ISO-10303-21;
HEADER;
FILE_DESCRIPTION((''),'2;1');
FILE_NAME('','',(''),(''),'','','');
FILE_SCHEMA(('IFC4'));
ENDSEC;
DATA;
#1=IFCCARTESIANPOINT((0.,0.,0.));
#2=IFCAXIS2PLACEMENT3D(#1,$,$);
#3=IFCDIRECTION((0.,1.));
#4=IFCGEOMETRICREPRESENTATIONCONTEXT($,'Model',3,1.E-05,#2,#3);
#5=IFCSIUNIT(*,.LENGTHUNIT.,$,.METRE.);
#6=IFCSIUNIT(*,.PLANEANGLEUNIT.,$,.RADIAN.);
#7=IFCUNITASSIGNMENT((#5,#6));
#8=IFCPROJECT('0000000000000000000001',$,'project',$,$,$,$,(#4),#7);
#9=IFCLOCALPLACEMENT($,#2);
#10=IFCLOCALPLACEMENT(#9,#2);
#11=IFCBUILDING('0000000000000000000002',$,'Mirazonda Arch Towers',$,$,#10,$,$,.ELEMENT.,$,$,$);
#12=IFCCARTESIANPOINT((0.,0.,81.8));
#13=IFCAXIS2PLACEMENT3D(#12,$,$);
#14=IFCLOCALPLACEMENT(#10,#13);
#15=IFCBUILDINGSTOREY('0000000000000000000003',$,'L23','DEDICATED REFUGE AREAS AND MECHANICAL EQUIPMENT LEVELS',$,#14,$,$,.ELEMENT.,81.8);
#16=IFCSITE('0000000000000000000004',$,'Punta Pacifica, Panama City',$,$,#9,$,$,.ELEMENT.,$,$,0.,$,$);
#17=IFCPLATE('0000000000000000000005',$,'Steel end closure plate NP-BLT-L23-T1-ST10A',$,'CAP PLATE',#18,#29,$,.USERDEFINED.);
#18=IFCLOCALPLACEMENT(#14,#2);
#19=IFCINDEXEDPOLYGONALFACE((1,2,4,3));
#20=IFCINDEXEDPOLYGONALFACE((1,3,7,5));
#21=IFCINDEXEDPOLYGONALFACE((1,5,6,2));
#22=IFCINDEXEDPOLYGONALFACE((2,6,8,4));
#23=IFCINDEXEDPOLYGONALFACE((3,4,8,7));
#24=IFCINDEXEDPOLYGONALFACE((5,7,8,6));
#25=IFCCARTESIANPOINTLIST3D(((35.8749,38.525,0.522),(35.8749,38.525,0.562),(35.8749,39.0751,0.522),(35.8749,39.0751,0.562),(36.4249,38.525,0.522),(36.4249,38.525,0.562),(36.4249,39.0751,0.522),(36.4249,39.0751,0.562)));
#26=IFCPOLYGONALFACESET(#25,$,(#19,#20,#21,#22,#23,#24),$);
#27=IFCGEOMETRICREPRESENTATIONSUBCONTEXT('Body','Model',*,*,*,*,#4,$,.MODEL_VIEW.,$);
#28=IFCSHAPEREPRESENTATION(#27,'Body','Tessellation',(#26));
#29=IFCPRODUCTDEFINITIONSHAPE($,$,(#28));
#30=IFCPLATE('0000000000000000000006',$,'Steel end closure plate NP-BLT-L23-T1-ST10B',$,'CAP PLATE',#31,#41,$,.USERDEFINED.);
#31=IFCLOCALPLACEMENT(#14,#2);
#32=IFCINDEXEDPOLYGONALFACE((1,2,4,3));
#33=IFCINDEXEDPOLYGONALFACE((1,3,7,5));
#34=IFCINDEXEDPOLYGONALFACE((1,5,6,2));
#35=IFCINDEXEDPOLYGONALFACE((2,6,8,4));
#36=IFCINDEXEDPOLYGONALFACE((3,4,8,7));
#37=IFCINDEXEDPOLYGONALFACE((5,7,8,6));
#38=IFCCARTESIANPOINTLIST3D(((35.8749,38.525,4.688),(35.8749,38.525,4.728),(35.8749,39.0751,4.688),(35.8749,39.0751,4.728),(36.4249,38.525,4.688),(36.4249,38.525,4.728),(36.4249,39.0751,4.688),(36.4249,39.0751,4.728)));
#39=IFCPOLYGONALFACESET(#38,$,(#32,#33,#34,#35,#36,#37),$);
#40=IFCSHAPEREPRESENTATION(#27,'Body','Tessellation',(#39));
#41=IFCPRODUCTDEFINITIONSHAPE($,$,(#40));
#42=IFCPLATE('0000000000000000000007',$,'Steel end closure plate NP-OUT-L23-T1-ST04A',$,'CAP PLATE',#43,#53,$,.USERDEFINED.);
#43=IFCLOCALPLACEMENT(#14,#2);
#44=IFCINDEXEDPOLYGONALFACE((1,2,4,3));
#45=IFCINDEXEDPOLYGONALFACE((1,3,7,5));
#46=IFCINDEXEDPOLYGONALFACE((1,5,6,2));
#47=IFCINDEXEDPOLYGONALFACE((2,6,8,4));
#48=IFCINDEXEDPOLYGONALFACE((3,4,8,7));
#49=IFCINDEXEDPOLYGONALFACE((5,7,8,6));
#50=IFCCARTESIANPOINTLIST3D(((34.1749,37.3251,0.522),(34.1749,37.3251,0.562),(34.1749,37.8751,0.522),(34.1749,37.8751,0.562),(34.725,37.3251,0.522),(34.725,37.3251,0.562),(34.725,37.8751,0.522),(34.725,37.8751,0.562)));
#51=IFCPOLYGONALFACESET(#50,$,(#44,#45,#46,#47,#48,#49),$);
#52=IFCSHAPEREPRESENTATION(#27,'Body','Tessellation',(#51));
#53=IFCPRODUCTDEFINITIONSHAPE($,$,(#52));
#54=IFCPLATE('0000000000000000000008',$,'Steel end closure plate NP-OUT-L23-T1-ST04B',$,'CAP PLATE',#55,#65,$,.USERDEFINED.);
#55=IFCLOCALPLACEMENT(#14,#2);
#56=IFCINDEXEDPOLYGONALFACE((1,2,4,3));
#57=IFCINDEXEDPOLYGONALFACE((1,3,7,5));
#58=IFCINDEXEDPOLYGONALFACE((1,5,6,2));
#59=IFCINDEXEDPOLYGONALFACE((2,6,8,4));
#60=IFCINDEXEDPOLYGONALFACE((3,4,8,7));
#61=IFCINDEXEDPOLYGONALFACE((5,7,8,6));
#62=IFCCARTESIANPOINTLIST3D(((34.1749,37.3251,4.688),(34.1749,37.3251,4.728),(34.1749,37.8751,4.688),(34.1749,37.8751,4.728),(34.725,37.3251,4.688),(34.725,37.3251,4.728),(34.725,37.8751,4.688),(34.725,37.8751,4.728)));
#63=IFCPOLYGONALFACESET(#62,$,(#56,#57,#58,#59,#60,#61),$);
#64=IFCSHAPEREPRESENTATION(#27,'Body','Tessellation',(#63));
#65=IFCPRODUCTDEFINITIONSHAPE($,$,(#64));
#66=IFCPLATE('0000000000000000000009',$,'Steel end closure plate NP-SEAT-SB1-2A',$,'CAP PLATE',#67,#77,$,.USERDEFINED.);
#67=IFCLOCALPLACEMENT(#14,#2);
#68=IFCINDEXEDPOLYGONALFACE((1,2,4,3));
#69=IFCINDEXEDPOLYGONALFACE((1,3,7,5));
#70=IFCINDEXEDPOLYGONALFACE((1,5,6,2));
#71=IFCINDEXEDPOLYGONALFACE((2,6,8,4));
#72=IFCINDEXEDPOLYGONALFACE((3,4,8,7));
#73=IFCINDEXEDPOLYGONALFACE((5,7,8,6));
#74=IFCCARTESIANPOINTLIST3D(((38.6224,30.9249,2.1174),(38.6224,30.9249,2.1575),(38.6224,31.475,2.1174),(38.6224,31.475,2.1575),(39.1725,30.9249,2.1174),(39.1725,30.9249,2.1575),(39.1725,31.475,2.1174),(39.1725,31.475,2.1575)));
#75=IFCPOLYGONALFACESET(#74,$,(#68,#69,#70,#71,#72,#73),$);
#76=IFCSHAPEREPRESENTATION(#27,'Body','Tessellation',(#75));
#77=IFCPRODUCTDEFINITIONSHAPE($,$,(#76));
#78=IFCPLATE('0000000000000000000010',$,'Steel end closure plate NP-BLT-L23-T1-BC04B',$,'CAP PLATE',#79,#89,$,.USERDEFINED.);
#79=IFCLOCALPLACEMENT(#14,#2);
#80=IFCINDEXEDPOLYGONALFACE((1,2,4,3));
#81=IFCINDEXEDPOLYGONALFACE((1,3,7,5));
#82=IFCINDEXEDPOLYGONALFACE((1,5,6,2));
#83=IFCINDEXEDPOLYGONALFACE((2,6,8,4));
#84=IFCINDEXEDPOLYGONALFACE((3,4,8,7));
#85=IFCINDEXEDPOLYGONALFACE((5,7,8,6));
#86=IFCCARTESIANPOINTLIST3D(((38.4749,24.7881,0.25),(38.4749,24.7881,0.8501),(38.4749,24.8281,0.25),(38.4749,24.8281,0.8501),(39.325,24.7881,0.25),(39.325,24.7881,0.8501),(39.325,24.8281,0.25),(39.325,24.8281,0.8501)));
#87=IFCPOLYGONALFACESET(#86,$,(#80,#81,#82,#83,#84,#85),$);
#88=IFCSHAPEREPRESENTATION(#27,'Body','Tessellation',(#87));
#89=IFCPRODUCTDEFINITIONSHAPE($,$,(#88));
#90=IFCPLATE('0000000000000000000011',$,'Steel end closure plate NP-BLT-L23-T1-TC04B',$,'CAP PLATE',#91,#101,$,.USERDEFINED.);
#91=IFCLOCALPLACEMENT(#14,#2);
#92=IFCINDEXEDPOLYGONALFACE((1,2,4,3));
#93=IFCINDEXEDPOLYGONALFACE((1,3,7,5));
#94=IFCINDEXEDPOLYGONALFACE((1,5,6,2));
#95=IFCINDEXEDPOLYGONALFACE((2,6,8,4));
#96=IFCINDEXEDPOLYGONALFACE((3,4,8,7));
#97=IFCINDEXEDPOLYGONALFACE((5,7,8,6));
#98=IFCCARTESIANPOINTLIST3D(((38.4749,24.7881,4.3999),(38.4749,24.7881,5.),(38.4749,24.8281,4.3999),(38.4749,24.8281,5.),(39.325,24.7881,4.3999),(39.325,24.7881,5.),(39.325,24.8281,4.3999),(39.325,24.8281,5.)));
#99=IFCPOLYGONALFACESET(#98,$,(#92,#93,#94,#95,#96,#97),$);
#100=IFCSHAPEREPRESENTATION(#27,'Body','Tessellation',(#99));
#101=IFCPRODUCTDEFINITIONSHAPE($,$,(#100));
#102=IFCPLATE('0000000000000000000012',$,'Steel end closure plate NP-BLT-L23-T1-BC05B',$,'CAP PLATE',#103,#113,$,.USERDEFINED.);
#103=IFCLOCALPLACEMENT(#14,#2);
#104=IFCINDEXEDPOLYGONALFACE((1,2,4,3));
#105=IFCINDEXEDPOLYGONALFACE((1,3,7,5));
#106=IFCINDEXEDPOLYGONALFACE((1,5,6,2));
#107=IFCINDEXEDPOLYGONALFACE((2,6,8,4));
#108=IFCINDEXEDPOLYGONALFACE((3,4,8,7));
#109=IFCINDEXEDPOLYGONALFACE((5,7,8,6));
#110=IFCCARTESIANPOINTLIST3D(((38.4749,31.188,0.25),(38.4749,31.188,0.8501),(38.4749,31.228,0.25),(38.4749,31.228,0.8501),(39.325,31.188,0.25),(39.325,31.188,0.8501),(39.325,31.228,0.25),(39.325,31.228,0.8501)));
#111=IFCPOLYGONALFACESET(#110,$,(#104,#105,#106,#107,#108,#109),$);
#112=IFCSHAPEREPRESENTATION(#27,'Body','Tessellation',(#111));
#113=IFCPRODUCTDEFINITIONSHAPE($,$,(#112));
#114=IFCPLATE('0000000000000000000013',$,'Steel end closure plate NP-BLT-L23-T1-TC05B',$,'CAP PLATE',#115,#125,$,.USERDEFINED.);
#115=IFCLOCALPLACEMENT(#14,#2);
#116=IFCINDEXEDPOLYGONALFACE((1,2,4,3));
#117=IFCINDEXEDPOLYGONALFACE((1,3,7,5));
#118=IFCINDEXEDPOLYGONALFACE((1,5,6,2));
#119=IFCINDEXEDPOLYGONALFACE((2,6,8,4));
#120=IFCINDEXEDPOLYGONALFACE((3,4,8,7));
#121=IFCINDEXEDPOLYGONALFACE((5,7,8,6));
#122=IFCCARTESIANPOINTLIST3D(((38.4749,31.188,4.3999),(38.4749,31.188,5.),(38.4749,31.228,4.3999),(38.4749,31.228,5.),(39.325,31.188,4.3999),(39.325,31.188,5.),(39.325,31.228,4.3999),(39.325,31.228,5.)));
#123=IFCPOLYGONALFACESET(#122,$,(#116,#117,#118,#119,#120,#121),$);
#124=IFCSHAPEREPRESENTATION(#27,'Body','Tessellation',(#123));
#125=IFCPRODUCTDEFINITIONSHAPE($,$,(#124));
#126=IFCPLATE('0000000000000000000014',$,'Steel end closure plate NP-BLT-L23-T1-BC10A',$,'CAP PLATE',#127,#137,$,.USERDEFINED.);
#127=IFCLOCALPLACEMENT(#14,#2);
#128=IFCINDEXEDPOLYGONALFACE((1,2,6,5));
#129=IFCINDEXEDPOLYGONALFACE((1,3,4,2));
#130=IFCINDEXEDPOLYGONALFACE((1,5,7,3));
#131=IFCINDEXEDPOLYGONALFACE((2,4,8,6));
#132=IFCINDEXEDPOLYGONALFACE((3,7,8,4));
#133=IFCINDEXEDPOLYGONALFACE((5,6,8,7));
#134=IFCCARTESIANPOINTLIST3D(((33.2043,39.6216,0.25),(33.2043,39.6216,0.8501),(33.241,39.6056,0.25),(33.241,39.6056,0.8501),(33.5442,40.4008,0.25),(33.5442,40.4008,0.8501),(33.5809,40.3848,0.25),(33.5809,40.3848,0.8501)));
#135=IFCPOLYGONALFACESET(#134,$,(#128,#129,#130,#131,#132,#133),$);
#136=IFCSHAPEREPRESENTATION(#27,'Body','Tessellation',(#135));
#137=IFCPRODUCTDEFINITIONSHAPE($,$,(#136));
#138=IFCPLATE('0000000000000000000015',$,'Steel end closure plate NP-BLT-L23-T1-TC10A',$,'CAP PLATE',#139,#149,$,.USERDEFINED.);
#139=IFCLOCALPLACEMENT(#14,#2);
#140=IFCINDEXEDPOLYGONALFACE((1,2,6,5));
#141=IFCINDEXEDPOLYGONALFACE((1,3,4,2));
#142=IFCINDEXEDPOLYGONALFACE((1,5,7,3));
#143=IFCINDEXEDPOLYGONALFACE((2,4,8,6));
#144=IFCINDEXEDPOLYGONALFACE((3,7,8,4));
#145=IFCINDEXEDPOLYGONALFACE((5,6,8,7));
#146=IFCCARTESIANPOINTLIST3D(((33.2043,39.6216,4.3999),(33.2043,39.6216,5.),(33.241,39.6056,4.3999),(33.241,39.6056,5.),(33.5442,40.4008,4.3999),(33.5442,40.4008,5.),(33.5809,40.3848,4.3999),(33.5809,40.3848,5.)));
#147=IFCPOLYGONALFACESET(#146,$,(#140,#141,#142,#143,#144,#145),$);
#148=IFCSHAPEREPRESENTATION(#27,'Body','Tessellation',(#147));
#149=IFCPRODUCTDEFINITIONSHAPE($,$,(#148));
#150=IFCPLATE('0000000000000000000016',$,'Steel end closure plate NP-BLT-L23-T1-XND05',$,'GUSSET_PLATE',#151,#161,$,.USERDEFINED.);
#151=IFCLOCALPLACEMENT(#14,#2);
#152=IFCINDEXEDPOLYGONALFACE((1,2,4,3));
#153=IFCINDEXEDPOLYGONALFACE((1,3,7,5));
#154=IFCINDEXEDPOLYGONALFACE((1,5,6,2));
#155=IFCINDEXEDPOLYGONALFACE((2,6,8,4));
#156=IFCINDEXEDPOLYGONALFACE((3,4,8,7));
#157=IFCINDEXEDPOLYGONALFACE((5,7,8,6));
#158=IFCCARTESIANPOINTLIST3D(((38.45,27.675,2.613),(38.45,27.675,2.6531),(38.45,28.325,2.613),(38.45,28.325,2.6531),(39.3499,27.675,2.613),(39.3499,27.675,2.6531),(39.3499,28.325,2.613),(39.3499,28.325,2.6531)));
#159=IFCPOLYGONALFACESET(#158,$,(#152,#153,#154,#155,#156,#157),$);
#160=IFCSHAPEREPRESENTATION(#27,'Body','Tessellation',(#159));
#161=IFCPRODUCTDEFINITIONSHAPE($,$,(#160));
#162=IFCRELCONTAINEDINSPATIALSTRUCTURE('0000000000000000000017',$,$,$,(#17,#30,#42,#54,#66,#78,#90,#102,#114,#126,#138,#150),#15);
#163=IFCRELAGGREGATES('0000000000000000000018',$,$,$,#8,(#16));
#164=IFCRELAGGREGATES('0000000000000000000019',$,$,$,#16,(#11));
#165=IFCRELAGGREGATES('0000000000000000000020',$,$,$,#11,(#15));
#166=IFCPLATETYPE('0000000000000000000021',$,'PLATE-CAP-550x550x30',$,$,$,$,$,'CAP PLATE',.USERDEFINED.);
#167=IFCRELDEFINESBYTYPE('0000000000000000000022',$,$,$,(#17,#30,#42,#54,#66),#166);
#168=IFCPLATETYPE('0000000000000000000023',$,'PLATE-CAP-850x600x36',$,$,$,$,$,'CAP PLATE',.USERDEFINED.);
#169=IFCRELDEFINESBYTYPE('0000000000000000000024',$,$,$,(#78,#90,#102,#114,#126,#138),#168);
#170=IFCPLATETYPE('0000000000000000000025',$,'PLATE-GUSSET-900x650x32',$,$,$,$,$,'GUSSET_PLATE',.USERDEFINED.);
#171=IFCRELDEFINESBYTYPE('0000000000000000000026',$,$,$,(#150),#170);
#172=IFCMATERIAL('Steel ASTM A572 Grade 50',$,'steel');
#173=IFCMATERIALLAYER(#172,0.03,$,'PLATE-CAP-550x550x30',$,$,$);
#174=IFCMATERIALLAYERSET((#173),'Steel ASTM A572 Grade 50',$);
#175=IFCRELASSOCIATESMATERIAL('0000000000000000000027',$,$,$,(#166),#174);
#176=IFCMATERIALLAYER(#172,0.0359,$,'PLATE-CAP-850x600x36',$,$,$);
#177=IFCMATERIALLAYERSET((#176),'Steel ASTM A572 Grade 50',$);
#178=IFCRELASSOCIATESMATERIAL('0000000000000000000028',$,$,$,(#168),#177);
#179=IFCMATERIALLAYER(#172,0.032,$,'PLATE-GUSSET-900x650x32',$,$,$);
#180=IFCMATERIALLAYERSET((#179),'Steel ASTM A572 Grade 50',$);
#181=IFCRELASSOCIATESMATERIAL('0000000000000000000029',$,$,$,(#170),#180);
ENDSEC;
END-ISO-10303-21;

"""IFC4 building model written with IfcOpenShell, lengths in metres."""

from ifc_helpers import new_model, si_unit, direction, frame, origin, origin_2d, place, context, subcontext, project, spatial, rectangle, extrude, material, layer, layer_set, type_object, element, save


model = new_model("IFC4")

# Units and contexts
model_context = context("Model", 3, precision=1e-05, world=origin(), true_north=direction((0.0, 1.0)))
body_context = subcontext(model_context, "Body", "Model", "MODEL_VIEW")
ifc_project = project(units=[si_unit("LENGTHUNIT", "METRE"), si_unit("PLANEANGLEUNIT", "RADIAN")], contexts=[model_context])

# Site, building, storey
site_placement = place(None, origin())
site = spatial("IfcSite", under=ifc_project, at=site_placement, Name="Punta Pacifica, Panama City", CompositionType="ELEMENT", RefElevation=0.0)
building_placement = place(site_placement, origin())
building = spatial("IfcBuilding", under=site, at=building_placement, Name="Mirazonda Arch Towers", CompositionType="ELEMENT")
storey_placement = place(building_placement, frame((0.0, 0.0, 81.8)))
storey = spatial("IfcBuildingStorey", under=building, at=storey_placement, Name="L23", Description="DEDICATED REFUGE AREAS AND MECHANICAL EQUIPMENT LEVELS", CompositionType="ELEMENT", Elevation=81.8)

# Shared definitions
ifc_material_1 = material(Name="Steel ASTM A572 Grade 50", Category="steel")

# Plates
ifc_layer_1 = layer(ifc_material_1, 0.03, Name="PLATE-CAP-550x550x30")
ifc_layer_set_1 = layer_set([ifc_layer_1], Name="Steel ASTM A572 Grade 50")
plate_type_1 = type_object("IfcPlateType", Name="PLATE-CAP-550x550x30", ElementType="CAP PLATE", PredefinedType="USERDEFINED", material=ifc_layer_set_1)
for number, where, z_axis, x_axis, name in (
    (1, (36.1499, 38.8, 0.522), (0.0, 0.0, 1.0), (1.0, 0.0, 0.0), "Steel end closure plate NP-BLT-L23-T1-ST10A"),
    (2, (36.1499, 38.8, 4.688), (0.0, 0.0, 1.0), (1.0, 0.0, 0.0), "Steel end closure plate NP-BLT-L23-T1-ST10B"),
    (3, (34.45, 37.6001, 0.522), (0.0, 0.0, 1.0), (1.0, 0.0, 0.0), "Steel end closure plate NP-OUT-L23-T1-ST04A"),
    (4, (34.45, 37.6001, 4.688), (0.0, 0.0, 1.0), (1.0, 0.0, 0.0), "Steel end closure plate NP-OUT-L23-T1-ST04B"),
    (5, (38.8975, 31.2, 2.1174), (0.0, 0.0, 1.0), (1.0, 0.0, 0.0), "Steel end closure plate NP-SEAT-SB1-2A"),
):
    element("IfcPlate", number, at=place(storey_placement, frame(where, z_axis=z_axis, x_axis=x_axis)), inside=storey, type_object=plate_type_1, Name=name, ObjectType="CAP PLATE", PredefinedType="USERDEFINED", context=body_context, shape_type="SweptSolid", body=[
        extrude(rectangle(XDim=0.55, YDim=0.55, at=origin_2d()), origin(), (0.0, 0.0, 1.0), 0.04),
    ])
ifc_layer_2 = layer(ifc_material_1, 0.0359, Name="PLATE-CAP-850x600x36")
ifc_layer_set_2 = layer_set([ifc_layer_2], Name="Steel ASTM A572 Grade 50")
plate_type_2 = type_object("IfcPlateType", Name="PLATE-CAP-850x600x36", ElementType="CAP PLATE", PredefinedType="USERDEFINED", material=ifc_layer_set_2)
for number, where, z_axis, x_axis, name in (
    (6, (38.8999, 24.8081, 0.25), (0.0, 0.0, 1.0), (0.0, 1.0, 0.0), "Steel end closure plate NP-BLT-L23-T1-BC04B"),
    (7, (38.8999, 24.8081, 4.3999), (0.0, 0.0, 1.0), (0.0, 1.0, 0.0), "Steel end closure plate NP-BLT-L23-T1-TC04B"),
    (8, (38.8999, 31.208, 0.25), (0.0, 0.0, 1.0), (0.0, 1.0, 0.0), "Steel end closure plate NP-BLT-L23-T1-BC05B"),
    (9, (38.8999, 31.208, 4.3999), (0.0, 0.0, 1.0), (0.0, 1.0, 0.0), "Steel end closure plate NP-BLT-L23-T1-TC05B"),
    (10, (33.3926, 40.0032, 0.25), (0.0, 0.0, 1.0), (-0.916572, 0.399869, 0.0), "Steel end closure plate NP-BLT-L23-T1-BC10A"),
    (11, (33.3926, 40.0032, 4.3999), (0.0, 0.0, 1.0), (-0.916572, 0.399869, 0.0), "Steel end closure plate NP-BLT-L23-T1-TC10A"),
):
    element("IfcPlate", number, at=place(storey_placement, frame(where, z_axis=z_axis, x_axis=x_axis)), inside=storey, type_object=plate_type_2, Name=name, ObjectType="CAP PLATE", PredefinedType="USERDEFINED", context=body_context, shape_type="SweptSolid", body=[
        extrude(rectangle(XDim=0.04, YDim=0.8501, at=origin_2d()), origin(), (0.0, 0.0, 1.0), 0.6001),
    ])
ifc_layer_3 = layer(ifc_material_1, 0.032, Name="PLATE-GUSSET-900x650x32")
ifc_layer_set_3 = layer_set([ifc_layer_3], Name="Steel ASTM A572 Grade 50")
plate_type_3 = type_object("IfcPlateType", Name="PLATE-GUSSET-900x650x32", ElementType="GUSSET_PLATE", PredefinedType="USERDEFINED", material=ifc_layer_set_3)
plate_placement = place(storey_placement, frame((38.8999, 28.0, 2.613), z_axis=(0.0, 0.0, 1.0), x_axis=(1.0, 0.0, 0.0)))
element("IfcPlate", 12, at=plate_placement, inside=storey, type_object=plate_type_3, Name="Steel end closure plate NP-BLT-L23-T1-XND05", ObjectType="GUSSET_PLATE", PredefinedType="USERDEFINED", context=body_context, shape_type="SweptSolid", body=[
    extrude(rectangle(XDim=0.8999, YDim=0.6499, at=origin_2d()), origin(), (0.0, 0.0, 1.0), 0.04),
])

save(model, "model.ifc")
